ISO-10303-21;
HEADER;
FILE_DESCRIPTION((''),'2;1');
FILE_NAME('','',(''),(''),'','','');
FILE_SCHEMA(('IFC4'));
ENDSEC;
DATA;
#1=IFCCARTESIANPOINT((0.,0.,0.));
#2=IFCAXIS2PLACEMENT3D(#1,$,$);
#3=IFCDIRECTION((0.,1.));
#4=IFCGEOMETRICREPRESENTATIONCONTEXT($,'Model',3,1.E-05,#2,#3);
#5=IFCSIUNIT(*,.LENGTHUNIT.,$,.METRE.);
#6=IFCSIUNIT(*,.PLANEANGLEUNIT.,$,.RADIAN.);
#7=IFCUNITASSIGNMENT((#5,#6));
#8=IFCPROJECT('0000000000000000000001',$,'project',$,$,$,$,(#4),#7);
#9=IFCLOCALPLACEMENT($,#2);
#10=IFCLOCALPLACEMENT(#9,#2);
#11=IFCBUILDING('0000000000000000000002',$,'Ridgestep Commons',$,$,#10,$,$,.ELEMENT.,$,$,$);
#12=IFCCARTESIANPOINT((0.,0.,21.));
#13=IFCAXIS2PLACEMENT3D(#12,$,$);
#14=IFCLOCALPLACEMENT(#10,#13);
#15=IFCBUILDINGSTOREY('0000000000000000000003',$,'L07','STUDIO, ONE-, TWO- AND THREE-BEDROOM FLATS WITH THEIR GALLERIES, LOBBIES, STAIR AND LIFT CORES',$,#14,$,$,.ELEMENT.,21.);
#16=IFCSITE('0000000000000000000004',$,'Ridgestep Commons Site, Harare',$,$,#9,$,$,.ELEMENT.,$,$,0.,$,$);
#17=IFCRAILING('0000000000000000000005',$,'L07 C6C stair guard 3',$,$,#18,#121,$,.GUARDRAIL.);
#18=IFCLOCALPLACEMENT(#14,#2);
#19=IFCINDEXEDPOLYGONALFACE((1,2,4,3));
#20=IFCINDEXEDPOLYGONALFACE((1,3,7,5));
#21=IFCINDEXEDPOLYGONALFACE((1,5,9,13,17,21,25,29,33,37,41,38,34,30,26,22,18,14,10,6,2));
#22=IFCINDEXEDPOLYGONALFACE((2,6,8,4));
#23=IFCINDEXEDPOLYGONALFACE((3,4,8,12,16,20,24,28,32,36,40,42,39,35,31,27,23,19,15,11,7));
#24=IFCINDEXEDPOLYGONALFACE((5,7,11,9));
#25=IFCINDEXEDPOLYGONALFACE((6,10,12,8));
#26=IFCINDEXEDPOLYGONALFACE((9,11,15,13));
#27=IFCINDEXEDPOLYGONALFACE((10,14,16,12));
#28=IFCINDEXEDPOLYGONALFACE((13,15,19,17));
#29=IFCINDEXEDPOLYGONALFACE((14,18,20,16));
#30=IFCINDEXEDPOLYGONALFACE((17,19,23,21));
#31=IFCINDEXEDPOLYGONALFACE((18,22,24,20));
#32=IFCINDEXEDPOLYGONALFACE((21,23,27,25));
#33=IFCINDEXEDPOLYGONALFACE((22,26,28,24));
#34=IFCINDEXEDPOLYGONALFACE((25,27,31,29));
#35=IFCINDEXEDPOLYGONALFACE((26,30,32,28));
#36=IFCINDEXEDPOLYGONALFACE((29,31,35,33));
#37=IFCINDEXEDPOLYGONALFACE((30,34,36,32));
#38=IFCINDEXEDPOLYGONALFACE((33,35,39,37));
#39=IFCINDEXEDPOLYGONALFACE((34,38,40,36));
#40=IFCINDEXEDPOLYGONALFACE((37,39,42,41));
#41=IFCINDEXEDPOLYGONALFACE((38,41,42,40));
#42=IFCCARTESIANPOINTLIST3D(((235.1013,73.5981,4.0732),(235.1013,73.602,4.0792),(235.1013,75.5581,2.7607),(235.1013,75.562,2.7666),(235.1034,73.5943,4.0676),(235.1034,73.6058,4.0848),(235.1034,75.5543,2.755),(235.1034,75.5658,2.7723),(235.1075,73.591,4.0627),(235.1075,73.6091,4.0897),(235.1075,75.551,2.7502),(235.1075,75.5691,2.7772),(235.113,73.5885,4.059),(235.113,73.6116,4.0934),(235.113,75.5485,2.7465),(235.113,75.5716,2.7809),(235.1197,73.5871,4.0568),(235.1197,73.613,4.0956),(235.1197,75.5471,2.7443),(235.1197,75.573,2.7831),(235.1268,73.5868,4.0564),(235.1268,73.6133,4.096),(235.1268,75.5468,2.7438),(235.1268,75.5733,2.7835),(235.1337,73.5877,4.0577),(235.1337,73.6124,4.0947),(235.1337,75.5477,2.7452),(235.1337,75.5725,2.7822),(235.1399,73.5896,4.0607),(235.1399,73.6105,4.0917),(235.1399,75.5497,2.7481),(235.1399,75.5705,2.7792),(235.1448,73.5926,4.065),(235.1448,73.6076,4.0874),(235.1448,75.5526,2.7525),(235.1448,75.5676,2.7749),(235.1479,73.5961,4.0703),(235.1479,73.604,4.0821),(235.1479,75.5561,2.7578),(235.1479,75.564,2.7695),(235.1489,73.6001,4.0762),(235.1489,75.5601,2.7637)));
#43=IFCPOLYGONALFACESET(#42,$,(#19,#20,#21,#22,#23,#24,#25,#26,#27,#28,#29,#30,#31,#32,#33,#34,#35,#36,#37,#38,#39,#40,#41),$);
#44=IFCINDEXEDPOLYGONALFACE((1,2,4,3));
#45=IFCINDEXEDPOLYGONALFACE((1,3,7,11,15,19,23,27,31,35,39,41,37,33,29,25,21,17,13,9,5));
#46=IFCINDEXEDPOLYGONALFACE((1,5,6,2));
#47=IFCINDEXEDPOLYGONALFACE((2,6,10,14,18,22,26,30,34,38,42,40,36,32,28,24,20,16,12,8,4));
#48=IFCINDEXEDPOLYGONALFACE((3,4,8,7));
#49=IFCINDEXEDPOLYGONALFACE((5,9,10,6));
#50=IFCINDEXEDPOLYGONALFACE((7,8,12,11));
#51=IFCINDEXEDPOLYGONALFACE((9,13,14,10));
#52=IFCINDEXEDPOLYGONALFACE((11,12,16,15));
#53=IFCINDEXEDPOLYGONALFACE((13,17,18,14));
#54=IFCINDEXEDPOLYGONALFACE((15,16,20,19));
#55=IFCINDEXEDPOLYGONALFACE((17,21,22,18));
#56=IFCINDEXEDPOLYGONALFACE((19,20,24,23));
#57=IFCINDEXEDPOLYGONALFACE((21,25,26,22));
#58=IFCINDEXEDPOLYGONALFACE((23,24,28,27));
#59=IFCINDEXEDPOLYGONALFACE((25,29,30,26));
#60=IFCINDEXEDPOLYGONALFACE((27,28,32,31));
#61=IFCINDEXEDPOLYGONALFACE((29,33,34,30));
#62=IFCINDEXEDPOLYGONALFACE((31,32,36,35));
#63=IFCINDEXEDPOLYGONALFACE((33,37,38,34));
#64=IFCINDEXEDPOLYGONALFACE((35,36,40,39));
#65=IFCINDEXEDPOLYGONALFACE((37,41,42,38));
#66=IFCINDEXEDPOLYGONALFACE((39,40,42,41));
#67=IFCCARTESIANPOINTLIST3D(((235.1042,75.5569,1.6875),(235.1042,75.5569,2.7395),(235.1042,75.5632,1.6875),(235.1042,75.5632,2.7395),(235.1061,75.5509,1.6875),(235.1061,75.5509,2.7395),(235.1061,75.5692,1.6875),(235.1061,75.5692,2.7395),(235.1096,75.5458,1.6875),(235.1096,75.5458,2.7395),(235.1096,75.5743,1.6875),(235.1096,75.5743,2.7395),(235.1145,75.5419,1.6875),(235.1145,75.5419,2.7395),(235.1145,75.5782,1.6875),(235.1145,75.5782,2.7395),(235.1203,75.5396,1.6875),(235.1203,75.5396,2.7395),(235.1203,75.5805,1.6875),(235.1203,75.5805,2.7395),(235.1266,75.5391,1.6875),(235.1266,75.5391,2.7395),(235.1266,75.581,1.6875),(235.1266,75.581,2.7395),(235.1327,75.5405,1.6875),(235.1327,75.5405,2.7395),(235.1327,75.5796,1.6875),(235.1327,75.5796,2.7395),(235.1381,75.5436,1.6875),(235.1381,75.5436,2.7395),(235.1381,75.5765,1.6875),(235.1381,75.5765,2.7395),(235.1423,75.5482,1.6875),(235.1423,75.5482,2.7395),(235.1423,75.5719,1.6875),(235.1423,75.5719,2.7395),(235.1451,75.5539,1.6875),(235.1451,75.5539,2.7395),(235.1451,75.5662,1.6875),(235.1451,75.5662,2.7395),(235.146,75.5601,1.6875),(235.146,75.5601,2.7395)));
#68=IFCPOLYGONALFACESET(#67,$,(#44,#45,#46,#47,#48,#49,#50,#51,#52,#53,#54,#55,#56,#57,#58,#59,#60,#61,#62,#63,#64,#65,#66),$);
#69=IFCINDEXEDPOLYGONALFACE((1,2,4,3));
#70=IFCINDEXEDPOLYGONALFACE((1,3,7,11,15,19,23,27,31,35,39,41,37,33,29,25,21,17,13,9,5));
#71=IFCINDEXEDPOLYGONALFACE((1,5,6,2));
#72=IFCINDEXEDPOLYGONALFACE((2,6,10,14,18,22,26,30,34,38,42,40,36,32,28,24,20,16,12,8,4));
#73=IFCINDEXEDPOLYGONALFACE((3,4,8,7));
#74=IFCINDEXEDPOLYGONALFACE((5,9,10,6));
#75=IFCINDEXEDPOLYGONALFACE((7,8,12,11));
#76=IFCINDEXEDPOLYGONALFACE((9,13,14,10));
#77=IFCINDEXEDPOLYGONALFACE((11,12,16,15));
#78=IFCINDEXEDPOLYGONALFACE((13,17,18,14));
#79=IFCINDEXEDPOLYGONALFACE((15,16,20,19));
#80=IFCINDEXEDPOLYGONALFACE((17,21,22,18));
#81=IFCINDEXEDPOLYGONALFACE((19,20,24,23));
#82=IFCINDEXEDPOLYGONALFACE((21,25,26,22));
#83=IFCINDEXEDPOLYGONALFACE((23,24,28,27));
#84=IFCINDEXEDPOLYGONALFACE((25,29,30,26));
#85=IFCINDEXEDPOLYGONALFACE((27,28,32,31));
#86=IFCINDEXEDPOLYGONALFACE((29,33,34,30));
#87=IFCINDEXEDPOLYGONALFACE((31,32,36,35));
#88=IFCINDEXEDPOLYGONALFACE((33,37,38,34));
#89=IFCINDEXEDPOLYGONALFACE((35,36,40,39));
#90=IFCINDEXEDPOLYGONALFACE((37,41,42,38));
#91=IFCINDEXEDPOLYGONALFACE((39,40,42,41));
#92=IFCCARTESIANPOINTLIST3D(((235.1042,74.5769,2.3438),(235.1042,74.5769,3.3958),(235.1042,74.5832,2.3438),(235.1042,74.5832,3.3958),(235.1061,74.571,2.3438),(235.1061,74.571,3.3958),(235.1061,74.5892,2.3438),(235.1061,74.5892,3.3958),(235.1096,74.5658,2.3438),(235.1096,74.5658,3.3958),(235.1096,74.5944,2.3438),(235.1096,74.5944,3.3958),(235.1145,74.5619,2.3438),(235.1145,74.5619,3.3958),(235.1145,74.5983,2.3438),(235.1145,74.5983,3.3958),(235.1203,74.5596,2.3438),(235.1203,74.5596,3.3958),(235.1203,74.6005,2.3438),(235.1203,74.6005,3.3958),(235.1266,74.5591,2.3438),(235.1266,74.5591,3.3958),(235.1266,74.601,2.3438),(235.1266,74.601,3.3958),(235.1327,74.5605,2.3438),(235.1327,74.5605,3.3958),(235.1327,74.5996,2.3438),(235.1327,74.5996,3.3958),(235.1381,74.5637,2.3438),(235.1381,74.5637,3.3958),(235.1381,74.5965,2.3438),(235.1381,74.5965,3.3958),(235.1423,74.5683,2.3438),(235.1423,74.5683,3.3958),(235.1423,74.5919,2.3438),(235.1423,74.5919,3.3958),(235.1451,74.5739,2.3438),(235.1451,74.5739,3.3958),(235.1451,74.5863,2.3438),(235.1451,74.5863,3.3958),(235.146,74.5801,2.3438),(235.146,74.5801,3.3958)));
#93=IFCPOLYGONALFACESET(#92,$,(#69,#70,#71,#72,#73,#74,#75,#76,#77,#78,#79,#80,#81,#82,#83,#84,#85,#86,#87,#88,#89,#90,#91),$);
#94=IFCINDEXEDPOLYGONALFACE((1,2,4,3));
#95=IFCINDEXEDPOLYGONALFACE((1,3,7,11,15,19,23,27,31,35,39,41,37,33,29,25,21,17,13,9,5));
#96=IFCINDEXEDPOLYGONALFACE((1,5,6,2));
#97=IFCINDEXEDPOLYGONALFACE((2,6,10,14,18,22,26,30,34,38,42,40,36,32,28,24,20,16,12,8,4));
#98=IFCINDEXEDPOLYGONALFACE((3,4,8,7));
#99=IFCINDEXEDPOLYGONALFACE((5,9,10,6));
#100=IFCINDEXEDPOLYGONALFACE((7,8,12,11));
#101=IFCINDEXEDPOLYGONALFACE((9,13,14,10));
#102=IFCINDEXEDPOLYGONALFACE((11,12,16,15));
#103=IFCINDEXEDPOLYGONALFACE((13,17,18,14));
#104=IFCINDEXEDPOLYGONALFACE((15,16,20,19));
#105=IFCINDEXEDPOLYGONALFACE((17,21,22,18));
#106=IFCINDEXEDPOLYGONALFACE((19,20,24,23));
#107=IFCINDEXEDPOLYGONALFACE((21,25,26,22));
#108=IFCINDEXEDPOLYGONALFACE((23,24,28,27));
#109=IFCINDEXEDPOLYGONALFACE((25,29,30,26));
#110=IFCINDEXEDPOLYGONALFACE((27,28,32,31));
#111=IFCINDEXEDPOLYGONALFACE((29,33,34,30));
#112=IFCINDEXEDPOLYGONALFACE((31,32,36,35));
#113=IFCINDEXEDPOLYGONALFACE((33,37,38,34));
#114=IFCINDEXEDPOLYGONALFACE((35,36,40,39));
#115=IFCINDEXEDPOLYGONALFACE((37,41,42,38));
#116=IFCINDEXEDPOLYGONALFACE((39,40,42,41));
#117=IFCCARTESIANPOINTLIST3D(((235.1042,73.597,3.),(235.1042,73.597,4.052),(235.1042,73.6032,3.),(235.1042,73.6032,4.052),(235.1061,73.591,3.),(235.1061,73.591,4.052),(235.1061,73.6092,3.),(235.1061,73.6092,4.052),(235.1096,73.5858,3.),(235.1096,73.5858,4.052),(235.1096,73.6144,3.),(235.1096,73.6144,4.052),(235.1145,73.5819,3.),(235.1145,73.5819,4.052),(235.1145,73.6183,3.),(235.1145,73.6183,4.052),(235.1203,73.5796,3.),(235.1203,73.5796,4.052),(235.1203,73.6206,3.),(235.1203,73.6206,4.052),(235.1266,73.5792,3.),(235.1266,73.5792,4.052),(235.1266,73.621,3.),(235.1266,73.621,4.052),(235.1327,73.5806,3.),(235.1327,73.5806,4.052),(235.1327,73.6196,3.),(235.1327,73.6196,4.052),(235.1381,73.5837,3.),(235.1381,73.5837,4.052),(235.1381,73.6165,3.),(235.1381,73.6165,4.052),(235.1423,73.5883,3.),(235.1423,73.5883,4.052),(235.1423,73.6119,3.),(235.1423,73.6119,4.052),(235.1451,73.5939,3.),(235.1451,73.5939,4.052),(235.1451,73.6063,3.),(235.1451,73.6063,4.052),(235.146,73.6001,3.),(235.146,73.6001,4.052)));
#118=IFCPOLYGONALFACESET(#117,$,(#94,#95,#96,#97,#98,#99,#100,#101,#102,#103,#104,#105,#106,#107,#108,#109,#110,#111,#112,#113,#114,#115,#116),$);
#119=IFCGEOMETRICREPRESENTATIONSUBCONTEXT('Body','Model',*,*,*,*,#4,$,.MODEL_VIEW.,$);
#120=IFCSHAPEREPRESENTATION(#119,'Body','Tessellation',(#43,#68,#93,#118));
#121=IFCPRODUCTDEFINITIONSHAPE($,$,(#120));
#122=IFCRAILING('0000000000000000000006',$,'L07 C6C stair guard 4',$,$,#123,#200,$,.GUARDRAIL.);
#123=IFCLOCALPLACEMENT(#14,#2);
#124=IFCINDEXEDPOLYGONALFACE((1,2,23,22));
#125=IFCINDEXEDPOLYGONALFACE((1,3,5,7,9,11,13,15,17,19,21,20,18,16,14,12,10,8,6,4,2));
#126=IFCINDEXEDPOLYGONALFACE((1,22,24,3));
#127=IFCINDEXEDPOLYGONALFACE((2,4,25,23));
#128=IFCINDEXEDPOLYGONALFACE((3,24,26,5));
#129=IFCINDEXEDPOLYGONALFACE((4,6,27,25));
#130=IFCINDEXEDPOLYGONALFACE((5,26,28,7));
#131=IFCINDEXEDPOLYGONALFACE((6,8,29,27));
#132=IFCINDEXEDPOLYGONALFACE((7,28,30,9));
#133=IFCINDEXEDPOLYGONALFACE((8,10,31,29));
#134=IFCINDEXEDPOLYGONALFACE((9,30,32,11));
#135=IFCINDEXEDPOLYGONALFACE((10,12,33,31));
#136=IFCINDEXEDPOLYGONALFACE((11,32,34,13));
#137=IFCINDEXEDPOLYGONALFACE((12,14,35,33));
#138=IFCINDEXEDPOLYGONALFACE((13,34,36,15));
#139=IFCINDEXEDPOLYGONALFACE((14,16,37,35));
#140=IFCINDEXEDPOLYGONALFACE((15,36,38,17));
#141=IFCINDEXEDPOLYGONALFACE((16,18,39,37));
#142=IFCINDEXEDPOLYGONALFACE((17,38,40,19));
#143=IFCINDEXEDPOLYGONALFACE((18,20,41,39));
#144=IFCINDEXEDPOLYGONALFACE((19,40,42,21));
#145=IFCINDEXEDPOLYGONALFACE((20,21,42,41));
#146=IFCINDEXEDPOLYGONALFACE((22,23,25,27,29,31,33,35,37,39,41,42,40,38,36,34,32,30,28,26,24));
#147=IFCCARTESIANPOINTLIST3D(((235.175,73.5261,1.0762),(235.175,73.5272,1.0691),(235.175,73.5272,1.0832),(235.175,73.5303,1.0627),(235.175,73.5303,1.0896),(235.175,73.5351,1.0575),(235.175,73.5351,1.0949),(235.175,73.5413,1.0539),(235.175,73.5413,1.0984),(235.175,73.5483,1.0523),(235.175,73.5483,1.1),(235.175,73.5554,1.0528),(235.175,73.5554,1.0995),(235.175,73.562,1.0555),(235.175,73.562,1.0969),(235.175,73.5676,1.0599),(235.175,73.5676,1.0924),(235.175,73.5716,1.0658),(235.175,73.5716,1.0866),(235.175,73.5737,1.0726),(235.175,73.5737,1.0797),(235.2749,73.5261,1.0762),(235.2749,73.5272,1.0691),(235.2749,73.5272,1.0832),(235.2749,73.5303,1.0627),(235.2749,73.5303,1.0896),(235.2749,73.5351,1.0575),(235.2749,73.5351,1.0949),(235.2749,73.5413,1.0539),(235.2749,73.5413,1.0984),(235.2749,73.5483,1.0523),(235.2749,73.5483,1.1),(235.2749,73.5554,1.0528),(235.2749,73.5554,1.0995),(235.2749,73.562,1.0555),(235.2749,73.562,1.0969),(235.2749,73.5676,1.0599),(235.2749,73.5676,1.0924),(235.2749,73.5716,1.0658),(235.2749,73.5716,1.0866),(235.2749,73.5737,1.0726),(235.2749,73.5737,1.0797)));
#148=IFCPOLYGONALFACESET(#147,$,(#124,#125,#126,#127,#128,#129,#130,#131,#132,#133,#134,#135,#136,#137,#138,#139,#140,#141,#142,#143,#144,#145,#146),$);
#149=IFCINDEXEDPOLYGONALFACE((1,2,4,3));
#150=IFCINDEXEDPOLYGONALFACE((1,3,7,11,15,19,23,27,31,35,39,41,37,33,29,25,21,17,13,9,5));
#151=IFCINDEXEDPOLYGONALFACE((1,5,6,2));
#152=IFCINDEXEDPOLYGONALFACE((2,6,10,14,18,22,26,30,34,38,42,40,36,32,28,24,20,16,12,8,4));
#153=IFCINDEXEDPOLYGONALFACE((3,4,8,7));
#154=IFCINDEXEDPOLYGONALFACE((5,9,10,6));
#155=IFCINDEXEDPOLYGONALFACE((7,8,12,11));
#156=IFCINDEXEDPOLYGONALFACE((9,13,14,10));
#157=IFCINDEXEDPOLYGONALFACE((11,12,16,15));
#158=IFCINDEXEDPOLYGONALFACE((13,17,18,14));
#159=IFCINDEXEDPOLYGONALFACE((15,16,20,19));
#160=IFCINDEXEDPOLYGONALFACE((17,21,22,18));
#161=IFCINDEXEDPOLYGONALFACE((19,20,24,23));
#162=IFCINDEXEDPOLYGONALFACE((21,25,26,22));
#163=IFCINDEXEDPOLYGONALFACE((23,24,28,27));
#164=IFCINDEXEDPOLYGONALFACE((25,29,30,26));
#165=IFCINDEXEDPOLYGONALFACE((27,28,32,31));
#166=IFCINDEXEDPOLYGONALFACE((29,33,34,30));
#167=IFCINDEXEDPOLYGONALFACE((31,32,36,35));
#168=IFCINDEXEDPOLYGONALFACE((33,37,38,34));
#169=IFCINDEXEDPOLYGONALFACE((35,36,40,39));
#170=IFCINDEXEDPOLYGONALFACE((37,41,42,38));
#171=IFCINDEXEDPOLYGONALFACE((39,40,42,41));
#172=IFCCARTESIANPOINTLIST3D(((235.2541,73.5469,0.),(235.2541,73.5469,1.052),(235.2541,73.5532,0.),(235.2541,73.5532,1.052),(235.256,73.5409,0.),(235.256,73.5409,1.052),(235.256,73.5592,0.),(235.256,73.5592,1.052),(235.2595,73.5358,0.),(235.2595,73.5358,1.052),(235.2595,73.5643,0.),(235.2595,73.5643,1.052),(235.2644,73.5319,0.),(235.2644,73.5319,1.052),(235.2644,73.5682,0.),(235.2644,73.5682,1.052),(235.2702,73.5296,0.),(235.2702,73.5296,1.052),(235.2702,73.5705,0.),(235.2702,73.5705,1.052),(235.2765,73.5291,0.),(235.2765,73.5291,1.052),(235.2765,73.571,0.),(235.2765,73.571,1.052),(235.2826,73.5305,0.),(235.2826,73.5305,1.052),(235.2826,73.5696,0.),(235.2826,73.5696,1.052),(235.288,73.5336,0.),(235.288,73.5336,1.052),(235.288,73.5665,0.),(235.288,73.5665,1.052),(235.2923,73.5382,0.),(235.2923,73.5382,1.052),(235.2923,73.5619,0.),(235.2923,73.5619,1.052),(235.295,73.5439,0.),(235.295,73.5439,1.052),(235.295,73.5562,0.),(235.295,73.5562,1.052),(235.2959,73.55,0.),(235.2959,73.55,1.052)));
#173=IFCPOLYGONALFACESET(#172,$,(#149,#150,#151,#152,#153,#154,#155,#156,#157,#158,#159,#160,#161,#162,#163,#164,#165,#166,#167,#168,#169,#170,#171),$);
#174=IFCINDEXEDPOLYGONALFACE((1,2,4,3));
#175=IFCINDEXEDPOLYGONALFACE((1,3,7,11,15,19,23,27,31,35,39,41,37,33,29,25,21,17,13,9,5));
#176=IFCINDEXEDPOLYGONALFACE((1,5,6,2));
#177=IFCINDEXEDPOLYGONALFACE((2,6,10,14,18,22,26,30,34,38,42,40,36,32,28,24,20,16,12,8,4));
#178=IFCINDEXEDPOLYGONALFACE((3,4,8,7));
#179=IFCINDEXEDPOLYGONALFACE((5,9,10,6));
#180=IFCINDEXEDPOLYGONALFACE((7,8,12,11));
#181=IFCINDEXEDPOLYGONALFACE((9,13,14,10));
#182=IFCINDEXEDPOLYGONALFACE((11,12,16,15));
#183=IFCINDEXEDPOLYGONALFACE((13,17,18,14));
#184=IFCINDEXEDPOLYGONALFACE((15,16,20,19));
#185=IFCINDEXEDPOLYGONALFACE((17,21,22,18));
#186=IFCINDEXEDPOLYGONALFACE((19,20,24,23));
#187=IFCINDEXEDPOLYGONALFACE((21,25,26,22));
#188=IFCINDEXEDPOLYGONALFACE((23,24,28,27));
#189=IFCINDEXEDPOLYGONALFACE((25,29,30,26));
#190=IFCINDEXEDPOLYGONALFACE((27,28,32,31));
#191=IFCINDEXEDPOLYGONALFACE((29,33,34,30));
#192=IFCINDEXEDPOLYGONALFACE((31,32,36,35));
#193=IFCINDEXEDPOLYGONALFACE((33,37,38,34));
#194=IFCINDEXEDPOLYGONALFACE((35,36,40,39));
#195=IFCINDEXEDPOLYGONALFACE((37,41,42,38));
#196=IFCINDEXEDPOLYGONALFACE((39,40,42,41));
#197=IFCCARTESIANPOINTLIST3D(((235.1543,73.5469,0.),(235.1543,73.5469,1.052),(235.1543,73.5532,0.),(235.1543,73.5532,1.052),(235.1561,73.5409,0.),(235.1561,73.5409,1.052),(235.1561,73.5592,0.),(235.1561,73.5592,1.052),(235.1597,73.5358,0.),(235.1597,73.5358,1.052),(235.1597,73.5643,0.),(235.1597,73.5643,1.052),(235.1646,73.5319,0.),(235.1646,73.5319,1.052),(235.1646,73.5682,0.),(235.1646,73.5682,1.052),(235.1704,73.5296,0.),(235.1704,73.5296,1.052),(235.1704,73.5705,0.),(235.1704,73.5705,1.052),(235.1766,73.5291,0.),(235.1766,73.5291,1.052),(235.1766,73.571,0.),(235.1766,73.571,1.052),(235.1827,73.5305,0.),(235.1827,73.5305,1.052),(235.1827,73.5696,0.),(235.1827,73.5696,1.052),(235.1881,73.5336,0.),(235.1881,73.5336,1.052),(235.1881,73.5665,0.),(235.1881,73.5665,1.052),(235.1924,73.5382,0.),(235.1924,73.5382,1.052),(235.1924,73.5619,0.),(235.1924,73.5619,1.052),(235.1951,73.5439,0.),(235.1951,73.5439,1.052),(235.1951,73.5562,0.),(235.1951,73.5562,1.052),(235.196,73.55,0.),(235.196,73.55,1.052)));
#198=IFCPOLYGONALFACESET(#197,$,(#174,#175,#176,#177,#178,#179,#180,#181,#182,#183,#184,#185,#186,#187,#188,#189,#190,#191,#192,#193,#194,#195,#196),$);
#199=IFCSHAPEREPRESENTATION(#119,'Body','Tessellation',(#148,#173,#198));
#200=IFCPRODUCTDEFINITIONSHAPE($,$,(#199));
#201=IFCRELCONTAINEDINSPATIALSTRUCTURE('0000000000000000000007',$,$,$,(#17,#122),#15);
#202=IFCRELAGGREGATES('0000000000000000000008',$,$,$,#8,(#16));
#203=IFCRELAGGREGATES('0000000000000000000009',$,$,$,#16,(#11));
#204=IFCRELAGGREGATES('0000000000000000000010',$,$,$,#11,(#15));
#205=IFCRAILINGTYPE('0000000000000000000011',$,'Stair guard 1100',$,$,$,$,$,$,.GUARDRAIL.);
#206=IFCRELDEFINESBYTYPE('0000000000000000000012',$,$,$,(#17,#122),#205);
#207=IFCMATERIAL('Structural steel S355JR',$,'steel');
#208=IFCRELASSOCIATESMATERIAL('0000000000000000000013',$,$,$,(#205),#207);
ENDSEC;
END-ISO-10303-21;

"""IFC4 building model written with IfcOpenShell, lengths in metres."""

from ifc_helpers import new_model, si_unit, direction, frame, origin, origin_2d, place, context, subcontext, project, spatial, circle, extrude, material, type_object, element, save


model = new_model("IFC4")

# Units and contexts
model_context = context("Model", 3, precision=1e-05, world=origin(), true_north=direction((0.0, 1.0)))
body_context = subcontext(model_context, "Body", "Model", "MODEL_VIEW")
ifc_project = project(units=[si_unit("LENGTHUNIT", "METRE"), si_unit("PLANEANGLEUNIT", "RADIAN")], contexts=[model_context])

# Site, building, storey
site_placement = place(None, origin())
site = spatial("IfcSite", under=ifc_project, at=site_placement, Name="Ridgestep Commons Site, Harare", CompositionType="ELEMENT", RefElevation=0.0)
building_placement = place(site_placement, origin())
building = spatial("IfcBuilding", under=site, at=building_placement, Name="Ridgestep Commons", CompositionType="ELEMENT")
storey_placement = place(building_placement, frame((0.0, 0.0, 21.0)))
storey = spatial("IfcBuildingStorey", under=building, at=storey_placement, Name="L07", Description="STUDIO, ONE-, TWO- AND THREE-BEDROOM FLATS WITH THEIR GALLERIES, LOBBIES, STAIR AND LIFT CORES", CompositionType="ELEMENT", Elevation=21.0)

# Railings
ifc_material_1 = material(Name="Structural steel S355JR", Category="steel")
railing_type_1 = type_object("IfcRailingType", Name="Stair guard 1100", PredefinedType="GUARDRAIL", material=ifc_material_1)
railing_1_placement = place(storey_placement, frame((235.125, 75.5601, 1.6875)))
element("IfcRailing", 1, at=railing_1_placement, inside=storey, type_object=railing_type_1, Name="L07 C6C stair guard 3", PredefinedType="GUARDRAIL", context=body_context, shape_type="SweptSolid", body=[
    extrude(circle(Radius=0.0239, at=origin_2d()), frame((0.0, 0.0, 1.0762), z_axis=(0.0, -0.830902, 0.556419), x_axis=(1.0, 0.0, 0.0)), (0.0, 0.0, 1.0), 2.3589),
    extrude(circle(Radius=0.021, at=origin_2d()), origin(), (0.0, 0.0, 1.0), 1.052),
    extrude(circle(Radius=0.021, at=origin_2d()), frame((0.0, -0.98, 0.6562)), (0.0, 0.0, 1.0), 1.052),
    extrude(circle(Radius=0.021, at=origin_2d()), frame((0.0, -1.96, 1.3125)), (0.0, 0.0, 1.0), 1.052),
])
railing_2_placement = place(storey_placement, frame((235.2749, 73.55, 0.0)))
element("IfcRailing", 2, at=railing_2_placement, inside=storey, type_object=railing_type_1, Name="L07 C6C stair guard 4", PredefinedType="GUARDRAIL", context=body_context, shape_type="SweptSolid", body=[
    extrude(circle(Radius=0.0239, at=origin_2d()), frame((0.0, 0.0, 1.0762), z_axis=(-1.0, 0.0, 0.0), x_axis=(0.0, -1.0, 0.0)), (0.0, 0.0, 1.0), 0.0999),
    extrude(circle(Radius=0.021, at=origin_2d()), origin(), (0.0, 0.0, 1.0), 1.052),
    extrude(circle(Radius=0.021, at=origin_2d()), frame((-0.0999, 0.0, 0.0)), (0.0, 0.0, 1.0), 1.052),
])

save(model, "model.ifc")
